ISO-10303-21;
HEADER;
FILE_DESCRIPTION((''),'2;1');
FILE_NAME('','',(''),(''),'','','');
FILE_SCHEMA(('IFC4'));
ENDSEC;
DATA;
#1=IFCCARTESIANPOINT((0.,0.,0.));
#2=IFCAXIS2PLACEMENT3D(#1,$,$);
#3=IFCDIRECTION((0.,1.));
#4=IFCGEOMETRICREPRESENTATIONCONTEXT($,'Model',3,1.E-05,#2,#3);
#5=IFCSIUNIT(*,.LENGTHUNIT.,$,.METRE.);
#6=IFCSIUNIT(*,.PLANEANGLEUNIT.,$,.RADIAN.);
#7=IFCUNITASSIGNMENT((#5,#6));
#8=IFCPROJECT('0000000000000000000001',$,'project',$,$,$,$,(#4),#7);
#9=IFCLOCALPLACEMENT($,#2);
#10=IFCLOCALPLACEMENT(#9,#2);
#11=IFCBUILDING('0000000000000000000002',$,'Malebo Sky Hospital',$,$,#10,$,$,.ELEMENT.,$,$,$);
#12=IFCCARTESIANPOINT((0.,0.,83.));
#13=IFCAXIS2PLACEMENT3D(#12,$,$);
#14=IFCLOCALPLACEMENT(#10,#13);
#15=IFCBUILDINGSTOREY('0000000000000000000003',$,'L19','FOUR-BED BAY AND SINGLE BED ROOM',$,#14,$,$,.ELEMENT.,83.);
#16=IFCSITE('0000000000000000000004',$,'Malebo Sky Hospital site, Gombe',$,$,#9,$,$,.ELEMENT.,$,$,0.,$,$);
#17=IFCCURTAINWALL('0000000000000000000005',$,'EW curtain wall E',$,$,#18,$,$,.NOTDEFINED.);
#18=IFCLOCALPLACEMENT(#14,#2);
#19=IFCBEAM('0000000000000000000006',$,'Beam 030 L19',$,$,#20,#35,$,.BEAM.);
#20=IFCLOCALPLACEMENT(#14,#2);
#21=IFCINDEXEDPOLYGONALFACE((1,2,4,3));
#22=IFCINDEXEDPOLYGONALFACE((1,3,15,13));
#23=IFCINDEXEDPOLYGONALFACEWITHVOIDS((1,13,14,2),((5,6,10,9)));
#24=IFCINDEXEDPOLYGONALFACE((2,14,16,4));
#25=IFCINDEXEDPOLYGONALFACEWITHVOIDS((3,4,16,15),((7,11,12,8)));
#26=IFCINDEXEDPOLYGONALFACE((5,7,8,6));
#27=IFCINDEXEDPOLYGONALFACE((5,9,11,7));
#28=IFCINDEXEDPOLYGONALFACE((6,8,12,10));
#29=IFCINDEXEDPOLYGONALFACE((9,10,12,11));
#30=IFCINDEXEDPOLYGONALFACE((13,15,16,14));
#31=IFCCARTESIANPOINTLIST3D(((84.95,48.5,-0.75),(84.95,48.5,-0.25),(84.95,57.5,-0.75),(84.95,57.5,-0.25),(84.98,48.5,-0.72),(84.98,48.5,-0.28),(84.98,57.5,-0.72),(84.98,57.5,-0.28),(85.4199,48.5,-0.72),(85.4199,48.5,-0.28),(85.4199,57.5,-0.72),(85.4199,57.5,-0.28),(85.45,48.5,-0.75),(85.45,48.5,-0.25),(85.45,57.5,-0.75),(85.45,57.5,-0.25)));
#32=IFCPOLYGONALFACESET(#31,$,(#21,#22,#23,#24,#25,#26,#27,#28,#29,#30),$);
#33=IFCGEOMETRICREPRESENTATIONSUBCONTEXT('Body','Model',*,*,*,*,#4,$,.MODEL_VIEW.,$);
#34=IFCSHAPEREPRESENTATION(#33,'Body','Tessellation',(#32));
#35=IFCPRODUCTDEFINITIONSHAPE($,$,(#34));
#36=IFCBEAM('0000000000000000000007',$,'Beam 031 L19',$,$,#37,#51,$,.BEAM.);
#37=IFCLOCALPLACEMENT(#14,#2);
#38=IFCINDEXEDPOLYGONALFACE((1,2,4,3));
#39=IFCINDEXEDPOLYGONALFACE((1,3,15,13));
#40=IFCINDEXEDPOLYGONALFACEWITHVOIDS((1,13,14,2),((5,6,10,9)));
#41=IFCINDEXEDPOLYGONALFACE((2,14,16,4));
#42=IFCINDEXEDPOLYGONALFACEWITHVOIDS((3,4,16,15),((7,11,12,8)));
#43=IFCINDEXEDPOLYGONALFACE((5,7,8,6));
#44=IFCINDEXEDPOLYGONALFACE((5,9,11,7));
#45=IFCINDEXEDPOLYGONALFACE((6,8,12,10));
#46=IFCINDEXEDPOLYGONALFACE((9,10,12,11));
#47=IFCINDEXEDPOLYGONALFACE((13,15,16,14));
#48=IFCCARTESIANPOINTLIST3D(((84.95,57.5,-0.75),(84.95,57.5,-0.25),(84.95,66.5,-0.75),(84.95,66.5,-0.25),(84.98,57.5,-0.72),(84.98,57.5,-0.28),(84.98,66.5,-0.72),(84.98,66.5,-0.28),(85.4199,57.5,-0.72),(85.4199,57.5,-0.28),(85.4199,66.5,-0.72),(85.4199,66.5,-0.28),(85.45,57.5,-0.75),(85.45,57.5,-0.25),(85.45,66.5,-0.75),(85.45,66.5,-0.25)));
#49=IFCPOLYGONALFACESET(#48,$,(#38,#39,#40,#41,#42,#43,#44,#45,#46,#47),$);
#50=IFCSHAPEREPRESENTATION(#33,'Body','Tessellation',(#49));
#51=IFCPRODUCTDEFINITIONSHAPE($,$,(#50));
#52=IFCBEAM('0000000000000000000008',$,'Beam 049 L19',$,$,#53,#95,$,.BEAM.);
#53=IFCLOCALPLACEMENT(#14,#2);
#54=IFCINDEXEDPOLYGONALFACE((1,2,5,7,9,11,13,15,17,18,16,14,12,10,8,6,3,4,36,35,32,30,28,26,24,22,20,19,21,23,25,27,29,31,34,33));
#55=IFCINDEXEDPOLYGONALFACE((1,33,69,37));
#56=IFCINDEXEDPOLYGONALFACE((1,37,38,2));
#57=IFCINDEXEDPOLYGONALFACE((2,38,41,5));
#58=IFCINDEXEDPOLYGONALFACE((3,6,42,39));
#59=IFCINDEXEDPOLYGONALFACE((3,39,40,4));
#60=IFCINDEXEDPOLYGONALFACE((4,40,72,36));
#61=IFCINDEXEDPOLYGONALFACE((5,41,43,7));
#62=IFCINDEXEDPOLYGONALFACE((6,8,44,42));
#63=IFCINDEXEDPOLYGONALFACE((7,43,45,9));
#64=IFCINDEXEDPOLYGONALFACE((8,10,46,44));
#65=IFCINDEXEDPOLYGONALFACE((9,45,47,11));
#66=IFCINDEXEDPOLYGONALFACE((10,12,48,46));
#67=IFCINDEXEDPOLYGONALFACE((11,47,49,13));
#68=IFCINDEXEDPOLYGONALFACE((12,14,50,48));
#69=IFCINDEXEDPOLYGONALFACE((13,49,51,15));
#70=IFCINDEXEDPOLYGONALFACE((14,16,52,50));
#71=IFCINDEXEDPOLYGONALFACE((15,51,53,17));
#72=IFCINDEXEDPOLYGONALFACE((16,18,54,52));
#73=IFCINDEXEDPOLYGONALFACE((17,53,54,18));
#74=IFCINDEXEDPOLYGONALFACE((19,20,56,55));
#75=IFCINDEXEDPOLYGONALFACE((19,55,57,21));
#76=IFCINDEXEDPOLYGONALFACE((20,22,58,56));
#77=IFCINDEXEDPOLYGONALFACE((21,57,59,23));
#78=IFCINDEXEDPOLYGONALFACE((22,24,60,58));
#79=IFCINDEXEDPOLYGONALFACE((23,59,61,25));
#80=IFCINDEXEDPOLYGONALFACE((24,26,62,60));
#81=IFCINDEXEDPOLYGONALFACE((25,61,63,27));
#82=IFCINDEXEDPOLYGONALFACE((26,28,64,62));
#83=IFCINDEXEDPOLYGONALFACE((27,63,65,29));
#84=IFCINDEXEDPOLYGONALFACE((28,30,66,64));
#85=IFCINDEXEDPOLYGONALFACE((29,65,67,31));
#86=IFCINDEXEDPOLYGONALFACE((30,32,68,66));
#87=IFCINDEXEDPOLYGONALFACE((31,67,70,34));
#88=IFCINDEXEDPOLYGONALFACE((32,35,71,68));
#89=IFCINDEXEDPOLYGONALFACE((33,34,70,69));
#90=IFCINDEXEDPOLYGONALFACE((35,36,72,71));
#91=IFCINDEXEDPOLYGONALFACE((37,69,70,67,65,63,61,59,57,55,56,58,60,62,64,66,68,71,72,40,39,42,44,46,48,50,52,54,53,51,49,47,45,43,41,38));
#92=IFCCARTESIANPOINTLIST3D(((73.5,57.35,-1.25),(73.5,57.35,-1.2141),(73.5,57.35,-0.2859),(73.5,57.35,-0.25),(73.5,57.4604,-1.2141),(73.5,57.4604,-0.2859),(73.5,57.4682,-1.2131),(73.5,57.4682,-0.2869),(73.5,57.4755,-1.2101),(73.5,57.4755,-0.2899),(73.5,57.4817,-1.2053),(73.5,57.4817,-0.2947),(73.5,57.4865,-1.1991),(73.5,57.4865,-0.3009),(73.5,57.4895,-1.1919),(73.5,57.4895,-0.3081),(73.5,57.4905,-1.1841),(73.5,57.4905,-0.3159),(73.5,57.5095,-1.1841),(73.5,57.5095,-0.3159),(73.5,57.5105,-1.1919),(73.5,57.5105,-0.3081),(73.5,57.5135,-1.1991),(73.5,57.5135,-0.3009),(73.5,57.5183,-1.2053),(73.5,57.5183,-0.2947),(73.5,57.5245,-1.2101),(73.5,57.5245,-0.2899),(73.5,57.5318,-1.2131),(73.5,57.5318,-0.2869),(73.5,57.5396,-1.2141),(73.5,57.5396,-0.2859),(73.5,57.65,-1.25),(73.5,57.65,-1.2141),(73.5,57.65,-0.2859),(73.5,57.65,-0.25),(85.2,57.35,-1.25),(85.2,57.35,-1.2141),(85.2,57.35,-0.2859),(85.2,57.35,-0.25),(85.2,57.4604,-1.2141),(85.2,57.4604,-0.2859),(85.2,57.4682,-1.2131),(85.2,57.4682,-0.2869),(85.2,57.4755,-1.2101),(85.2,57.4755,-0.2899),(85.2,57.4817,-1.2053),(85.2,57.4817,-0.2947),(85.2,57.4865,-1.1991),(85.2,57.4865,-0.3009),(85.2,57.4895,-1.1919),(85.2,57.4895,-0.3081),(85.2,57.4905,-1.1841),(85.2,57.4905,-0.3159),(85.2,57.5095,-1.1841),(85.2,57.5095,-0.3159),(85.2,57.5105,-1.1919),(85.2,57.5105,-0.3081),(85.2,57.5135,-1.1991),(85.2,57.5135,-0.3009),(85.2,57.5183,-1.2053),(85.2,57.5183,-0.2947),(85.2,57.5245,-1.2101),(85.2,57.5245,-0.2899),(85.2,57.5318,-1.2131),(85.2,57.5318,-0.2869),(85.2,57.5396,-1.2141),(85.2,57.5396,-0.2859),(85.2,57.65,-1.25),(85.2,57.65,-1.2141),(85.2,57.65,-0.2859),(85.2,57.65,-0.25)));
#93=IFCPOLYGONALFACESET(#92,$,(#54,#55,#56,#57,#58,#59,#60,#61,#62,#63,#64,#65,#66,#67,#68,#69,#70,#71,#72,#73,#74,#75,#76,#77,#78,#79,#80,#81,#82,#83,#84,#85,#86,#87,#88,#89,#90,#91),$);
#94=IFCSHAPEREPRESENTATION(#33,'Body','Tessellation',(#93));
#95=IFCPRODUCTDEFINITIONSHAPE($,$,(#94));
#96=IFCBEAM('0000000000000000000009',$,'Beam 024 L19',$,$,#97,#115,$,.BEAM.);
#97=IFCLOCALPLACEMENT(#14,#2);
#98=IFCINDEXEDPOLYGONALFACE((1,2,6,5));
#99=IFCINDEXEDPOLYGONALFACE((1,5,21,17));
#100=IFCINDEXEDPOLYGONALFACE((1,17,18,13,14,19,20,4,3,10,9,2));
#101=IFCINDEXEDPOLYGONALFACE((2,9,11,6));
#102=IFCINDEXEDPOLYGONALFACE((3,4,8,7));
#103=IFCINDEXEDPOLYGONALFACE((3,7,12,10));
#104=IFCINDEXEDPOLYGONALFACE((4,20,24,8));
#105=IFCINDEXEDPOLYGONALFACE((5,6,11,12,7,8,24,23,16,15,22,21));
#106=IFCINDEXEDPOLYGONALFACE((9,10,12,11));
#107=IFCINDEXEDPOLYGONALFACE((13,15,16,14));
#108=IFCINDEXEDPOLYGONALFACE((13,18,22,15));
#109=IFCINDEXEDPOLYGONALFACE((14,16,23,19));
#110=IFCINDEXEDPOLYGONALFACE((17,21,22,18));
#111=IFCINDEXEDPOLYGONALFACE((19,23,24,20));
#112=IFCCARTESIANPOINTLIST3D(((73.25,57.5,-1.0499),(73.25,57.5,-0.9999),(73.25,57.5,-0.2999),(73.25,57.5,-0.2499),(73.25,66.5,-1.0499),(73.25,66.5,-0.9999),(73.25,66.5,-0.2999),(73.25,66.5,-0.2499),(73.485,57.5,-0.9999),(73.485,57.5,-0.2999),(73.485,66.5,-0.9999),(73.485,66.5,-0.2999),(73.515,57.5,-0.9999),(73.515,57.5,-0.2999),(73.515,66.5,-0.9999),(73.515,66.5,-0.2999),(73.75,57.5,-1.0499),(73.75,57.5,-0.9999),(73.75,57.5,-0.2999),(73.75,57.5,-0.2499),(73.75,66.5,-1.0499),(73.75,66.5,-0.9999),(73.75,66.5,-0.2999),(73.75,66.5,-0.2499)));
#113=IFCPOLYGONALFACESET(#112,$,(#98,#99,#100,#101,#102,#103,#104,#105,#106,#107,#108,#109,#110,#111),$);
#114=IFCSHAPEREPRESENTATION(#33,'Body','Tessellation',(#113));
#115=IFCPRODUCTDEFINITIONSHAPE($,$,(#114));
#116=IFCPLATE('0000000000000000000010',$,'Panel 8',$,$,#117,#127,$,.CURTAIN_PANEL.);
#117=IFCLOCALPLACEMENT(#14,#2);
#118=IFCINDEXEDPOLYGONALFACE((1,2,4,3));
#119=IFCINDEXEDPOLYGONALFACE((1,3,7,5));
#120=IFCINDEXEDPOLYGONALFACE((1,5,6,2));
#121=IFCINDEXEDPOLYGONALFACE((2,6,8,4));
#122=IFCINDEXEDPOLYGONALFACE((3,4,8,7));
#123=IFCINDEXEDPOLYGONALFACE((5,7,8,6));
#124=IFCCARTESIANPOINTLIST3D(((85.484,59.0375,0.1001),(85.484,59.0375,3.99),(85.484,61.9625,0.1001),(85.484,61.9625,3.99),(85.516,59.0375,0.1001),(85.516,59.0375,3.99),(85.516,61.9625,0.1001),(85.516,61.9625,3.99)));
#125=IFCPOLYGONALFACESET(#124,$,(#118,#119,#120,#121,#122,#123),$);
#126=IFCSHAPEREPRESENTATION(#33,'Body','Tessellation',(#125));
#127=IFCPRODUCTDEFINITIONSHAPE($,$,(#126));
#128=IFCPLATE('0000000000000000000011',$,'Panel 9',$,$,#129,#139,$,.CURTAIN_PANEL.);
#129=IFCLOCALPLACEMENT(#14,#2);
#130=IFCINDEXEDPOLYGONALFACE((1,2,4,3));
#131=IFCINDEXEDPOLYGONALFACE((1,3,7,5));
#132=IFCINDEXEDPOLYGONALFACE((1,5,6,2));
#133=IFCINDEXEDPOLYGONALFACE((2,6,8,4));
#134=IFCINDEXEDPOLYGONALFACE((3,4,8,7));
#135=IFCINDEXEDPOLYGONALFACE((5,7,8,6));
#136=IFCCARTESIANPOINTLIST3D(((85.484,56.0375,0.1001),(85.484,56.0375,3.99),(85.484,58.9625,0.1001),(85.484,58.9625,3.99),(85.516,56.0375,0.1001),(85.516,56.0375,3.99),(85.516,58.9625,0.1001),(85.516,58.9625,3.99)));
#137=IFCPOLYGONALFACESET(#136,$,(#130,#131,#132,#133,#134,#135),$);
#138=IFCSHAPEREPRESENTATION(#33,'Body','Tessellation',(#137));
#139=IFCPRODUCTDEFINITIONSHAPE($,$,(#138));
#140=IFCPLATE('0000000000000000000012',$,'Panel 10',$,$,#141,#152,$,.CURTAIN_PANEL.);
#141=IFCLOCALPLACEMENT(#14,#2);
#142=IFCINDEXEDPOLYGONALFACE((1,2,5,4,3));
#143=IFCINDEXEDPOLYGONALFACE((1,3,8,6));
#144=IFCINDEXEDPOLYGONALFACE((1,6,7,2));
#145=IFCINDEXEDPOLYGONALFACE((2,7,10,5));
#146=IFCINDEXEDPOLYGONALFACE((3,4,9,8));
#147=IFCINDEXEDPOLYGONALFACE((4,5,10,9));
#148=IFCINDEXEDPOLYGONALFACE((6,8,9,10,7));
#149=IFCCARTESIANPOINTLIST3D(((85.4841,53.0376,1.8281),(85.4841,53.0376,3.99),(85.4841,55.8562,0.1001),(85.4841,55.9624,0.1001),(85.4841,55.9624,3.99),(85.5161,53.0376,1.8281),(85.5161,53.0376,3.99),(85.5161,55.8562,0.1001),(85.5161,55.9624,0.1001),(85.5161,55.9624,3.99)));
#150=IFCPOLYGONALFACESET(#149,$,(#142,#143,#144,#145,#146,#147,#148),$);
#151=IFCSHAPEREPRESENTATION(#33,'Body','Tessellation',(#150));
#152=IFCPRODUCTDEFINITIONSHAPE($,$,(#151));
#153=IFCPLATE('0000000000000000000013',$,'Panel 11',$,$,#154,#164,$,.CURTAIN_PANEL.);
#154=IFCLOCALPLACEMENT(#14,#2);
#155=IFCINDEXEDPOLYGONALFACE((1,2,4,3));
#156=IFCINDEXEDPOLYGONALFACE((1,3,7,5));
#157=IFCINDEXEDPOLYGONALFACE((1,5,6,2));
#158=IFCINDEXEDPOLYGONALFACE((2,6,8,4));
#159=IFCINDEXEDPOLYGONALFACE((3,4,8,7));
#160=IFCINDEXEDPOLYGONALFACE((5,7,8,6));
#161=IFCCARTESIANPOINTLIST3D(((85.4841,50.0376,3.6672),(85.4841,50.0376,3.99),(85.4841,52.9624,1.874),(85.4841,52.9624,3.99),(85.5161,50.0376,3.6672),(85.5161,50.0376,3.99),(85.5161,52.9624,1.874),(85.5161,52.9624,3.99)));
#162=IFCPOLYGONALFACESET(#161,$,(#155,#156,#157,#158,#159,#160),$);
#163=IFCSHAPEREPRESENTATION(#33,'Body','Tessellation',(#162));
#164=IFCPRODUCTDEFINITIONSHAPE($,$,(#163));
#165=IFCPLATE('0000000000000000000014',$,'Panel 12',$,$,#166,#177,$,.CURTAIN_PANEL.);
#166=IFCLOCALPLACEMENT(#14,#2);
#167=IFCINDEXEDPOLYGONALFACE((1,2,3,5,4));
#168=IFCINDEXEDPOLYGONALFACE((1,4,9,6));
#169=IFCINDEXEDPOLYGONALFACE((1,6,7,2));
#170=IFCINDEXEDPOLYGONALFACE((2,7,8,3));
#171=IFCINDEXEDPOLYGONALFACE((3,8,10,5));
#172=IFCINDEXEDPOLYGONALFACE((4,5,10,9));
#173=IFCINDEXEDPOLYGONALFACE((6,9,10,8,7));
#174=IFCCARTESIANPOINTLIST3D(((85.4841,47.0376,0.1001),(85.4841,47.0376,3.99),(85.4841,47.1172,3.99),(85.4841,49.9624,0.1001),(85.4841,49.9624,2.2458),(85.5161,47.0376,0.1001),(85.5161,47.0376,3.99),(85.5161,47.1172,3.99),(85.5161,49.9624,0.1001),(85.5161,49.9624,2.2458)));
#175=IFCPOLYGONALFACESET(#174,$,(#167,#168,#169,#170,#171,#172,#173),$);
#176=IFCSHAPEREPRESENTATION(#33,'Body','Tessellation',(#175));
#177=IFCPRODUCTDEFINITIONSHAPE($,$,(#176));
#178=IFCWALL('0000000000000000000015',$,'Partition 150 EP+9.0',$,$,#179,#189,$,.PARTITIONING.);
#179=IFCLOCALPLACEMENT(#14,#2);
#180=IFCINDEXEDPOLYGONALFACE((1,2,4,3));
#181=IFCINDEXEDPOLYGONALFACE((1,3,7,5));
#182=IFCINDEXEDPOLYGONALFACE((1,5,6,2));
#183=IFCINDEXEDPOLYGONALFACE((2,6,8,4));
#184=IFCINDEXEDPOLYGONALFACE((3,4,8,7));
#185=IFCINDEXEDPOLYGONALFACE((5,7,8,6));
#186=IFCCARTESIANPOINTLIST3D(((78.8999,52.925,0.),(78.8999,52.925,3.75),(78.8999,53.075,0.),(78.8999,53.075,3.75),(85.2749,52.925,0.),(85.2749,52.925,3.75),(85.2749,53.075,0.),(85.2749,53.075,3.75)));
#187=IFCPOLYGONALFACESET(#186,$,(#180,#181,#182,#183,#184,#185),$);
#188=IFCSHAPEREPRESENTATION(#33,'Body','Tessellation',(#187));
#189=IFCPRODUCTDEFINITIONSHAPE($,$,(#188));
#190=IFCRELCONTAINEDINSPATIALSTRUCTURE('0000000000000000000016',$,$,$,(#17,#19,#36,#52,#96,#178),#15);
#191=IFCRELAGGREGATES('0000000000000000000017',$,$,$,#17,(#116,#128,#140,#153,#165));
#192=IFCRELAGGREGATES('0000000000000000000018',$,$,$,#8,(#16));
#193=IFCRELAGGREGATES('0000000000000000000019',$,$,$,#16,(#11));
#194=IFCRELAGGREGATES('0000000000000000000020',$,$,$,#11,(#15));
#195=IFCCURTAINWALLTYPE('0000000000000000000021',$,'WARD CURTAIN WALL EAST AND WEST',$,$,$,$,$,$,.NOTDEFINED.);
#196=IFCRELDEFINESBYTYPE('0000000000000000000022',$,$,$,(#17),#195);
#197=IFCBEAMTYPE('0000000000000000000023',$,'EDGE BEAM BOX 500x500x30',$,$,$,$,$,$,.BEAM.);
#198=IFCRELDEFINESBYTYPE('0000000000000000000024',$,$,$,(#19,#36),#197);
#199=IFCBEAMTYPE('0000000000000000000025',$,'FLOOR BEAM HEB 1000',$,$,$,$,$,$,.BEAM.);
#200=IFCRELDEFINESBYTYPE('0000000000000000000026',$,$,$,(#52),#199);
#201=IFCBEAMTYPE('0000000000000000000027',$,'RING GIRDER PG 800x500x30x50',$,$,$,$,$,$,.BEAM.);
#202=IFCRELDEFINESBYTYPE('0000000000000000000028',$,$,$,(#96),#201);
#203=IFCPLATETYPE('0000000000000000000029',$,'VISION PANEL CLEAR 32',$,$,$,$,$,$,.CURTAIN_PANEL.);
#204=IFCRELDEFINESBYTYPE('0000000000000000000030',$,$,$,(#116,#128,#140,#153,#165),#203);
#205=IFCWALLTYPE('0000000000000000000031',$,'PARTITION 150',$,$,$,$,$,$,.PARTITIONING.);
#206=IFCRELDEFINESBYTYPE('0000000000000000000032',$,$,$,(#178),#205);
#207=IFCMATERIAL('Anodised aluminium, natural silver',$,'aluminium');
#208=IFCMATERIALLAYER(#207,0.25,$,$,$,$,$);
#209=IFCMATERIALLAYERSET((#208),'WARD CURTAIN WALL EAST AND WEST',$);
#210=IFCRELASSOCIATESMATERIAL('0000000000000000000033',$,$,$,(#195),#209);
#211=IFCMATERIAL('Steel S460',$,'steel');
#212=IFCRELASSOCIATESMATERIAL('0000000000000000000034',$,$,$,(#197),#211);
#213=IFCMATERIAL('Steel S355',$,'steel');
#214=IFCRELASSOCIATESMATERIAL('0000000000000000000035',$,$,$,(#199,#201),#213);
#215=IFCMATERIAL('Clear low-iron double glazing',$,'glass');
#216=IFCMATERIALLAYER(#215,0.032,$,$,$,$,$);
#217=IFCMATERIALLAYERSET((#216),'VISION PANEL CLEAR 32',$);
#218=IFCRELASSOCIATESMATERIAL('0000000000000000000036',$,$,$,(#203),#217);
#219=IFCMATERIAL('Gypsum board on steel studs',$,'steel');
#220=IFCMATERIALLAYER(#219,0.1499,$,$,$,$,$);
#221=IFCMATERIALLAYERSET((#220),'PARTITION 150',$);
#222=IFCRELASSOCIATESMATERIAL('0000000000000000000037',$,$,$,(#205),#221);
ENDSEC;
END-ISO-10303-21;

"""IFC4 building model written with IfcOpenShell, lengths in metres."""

from ifc_helpers import new_model, si_unit, direction, frame, frame_2d, origin, origin_2d, place, context, subcontext, project, spatial, polyline, rectangle, hollow_rectangle, i_section, outline, extrude, material, layer, layer_set, material_profile, profile_set, type_object, element, aggregate, save


model = new_model("IFC4")

# Units and contexts
model_context = context("Model", 3, precision=1e-05, world=origin(), true_north=direction((0.0, 1.0)))
body_context = subcontext(model_context, "Body", "Model", "MODEL_VIEW")
ifc_project = project(units=[si_unit("LENGTHUNIT", "METRE"), si_unit("PLANEANGLEUNIT", "RADIAN")], contexts=[model_context])

# Site, building, storey
site_placement = place(None, origin())
site = spatial("IfcSite", under=ifc_project, at=site_placement, Name="Malebo Sky Hospital site, Gombe", CompositionType="ELEMENT", RefElevation=0.0)
building_placement = place(site_placement, origin())
building = spatial("IfcBuilding", under=site, at=building_placement, Name="Malebo Sky Hospital", CompositionType="ELEMENT")
storey_placement = place(building_placement, frame((0.0, 0.0, 83.0)))
storey = spatial("IfcBuildingStorey", under=building, at=storey_placement, Name="L19", Description="FOUR-BED BAY AND SINGLE BED ROOM", CompositionType="ELEMENT", Elevation=83.0)

# Shared definitions
ifc_material_1 = material(Name="Steel S460", Category="steel")

# Curtain wall
ifc_material_2 = material(Name="Anodised aluminium, natural silver", Category="aluminium")
ifc_layer_1 = layer(ifc_material_2, 0.25)
ifc_layer_set_1 = layer_set([ifc_layer_1], Name="WARD CURTAIN WALL EAST AND WEST")
curtain_wall_type = type_object("IfcCurtainWallType", Name="WARD CURTAIN WALL EAST AND WEST", PredefinedType="NOTDEFINED", material=ifc_layer_set_1)
curtain_wall_placement = place(storey_placement, origin())
curtain_wall = element("IfcCurtainWall", 1, at=curtain_wall_placement, inside=storey, type_object=curtain_wall_type, Name="EW curtain wall E", PredefinedType="NOTDEFINED")

# Shared definitions
ifc_material_3 = material(Name="Steel S355", Category="steel")

# Beams
ifc_material_profile_1 = material_profile(ifc_material_1, hollow_rectangle(XDim=0.5, YDim=0.5, WallThickness=0.03, at=origin_2d()), Name="BOX 500x500x30")
ifc_profile_set_1 = profile_set([ifc_material_profile_1], Name="Steel S460")
beam_type_1 = type_object("IfcBeamType", Name="EDGE BEAM BOX 500x500x30", PredefinedType="BEAM", material=ifc_profile_set_1)
for number, where, z_axis, x_axis, name in (
    (2, (85.2, 48.5, -0.5), (0.0, 1.0, 0.0), (-1.0, 0.0, 0.0), "Beam 030 L19"),
    (3, (85.2, 57.5, -0.5), (0.0, 1.0, 0.0), (-1.0, 0.0, 0.0), "Beam 031 L19"),
):
    element("IfcBeam", number, at=place(storey_placement, frame(where, z_axis=z_axis, x_axis=x_axis)), inside=storey, type_object=beam_type_1, Name=name, PredefinedType="BEAM", context=body_context, shape_type="SweptSolid", body=[
        extrude(hollow_rectangle(XDim=0.5, YDim=0.5, WallThickness=0.03, at=origin_2d()), origin(), (0.0, 0.0, 1.0), 9.0),
    ])
ifc_material_profile_2 = material_profile(ifc_material_3, i_section(OverallWidth=0.3, OverallDepth=1.0, WebThickness=0.019, FlangeThickness=0.0359, FilletRadius=0.03, at=origin_2d()), Name="HEB 1000")
ifc_profile_set_2 = profile_set([ifc_material_profile_2], Name="Steel S355")
beam_type_2 = type_object("IfcBeamType", Name="FLOOR BEAM HEB 1000", PredefinedType="BEAM", material=ifc_profile_set_2)
beam_1_placement = place(storey_placement, frame((73.5, 57.5, -0.75), z_axis=(1.0, 0.0, 0.0), x_axis=(0.0, 1.0, 0.0)))
element("IfcBeam", 4, at=beam_1_placement, inside=storey, type_object=beam_type_2, Name="Beam 049 L19", PredefinedType="BEAM", context=body_context, shape_type="SweptSolid", body=[
    extrude(i_section(OverallWidth=0.3, OverallDepth=1.0, WebThickness=0.019, FlangeThickness=0.0359, FilletRadius=0.03, at=origin_2d()), origin(), (0.0, 0.0, 1.0), 11.7),
])
ifc_material_profile_3 = material_profile(ifc_material_3, i_section(OverallWidth=0.5, OverallDepth=0.8, WebThickness=0.03, FlangeThickness=0.05, at=origin_2d()), Name="PG 800x500x30x50")
ifc_profile_set_3 = profile_set([ifc_material_profile_3], Name="Steel S355")
beam_type_3 = type_object("IfcBeamType", Name="RING GIRDER PG 800x500x30x50", PredefinedType="BEAM", material=ifc_profile_set_3)
beam_2_placement = place(storey_placement, frame((73.5, 57.5, -0.6499), z_axis=(0.0, 1.0, 0.0), x_axis=(-1.0, 0.0, 0.0)))
element("IfcBeam", 5, at=beam_2_placement, inside=storey, type_object=beam_type_3, Name="Beam 024 L19", PredefinedType="BEAM", context=body_context, shape_type="SweptSolid", body=[
    extrude(i_section(OverallWidth=0.5, OverallDepth=0.8, WebThickness=0.03, FlangeThickness=0.05, at=origin_2d()), origin(), (0.0, 0.0, 1.0), 9.0),
])

# Plates
ifc_material_4 = material(Name="Clear low-iron double glazing", Category="glass")
ifc_layer_2 = layer(ifc_material_4, 0.032)
ifc_layer_set_2 = layer_set([ifc_layer_2], Name="VISION PANEL CLEAR 32")
plate_type = type_object("IfcPlateType", Name="VISION PANEL CLEAR 32", PredefinedType="CURTAIN_PANEL", material=ifc_layer_set_2)
plate_1_placement = place(storey_placement, frame((85.5, 60.5, 0.1001), z_axis=(0.0, 0.0, 1.0), x_axis=(0.0, -1.0, 0.0)))
plate_1 = element("IfcPlate", 6, at=plate_1_placement, type_object=plate_type, Name="Panel 8", PredefinedType="CURTAIN_PANEL", context=body_context, shape_type="SweptSolid", body=[
    extrude(rectangle(XDim=2.925, YDim=0.032, at=origin_2d()), origin(), (0.0, 0.0, 1.0), 3.8899),
])
plate_2_placement = place(storey_placement, frame((85.5, 57.5, 0.1001), z_axis=(0.0, 0.0, 1.0), x_axis=(0.0, -1.0, 0.0)))
plate_2 = element("IfcPlate", 7, at=plate_2_placement, type_object=plate_type, Name="Panel 9", PredefinedType="CURTAIN_PANEL", context=body_context, shape_type="SweptSolid", body=[
    extrude(rectangle(XDim=2.925, YDim=0.032, at=origin_2d()), origin(), (0.0, 0.0, 1.0), 3.8899),
])
plate_3_placement = place(storey_placement, frame((85.5, 54.5, 0.1001), z_axis=(0.0, 0.0, 1.0), x_axis=(0.0, -1.0, 0.0)))
plate_3 = element("IfcPlate", 8, at=plate_3_placement, type_object=plate_type, Name="Panel 10", PredefinedType="CURTAIN_PANEL", context=body_context, shape_type="SweptSolid", body=[
    extrude(outline(polyline([(-1.4624, 0.0), (-1.3562, 0.0), (1.4624, 1.728), (1.4624, 3.8899), (-1.4624, 3.8899), (-1.4624, 0.0)])), frame((0.0, 0.0161, 0.0), z_axis=(0.0, -1.0, 0.0), x_axis=(1.0, 0.0, 0.0)), (0.0, 0.0, 1.0), 0.032),
])
plate_4_placement = place(storey_placement, frame((85.5, 51.5, 1.874), z_axis=(0.0, 0.0, 1.0), x_axis=(0.0, -1.0, 0.0)))
plate_4 = element("IfcPlate", 9, at=plate_4_placement, type_object=plate_type, Name="Panel 11", PredefinedType="CURTAIN_PANEL", context=body_context, shape_type="SweptSolid", body=[
    extrude(outline(polyline([(-1.4624, 0.0), (1.4624, 1.7932), (1.4624, 2.116), (-1.4624, 2.116), (-1.4624, 0.0)])), frame((0.0, 0.0161, 0.0), z_axis=(0.0, -1.0, 0.0), x_axis=(1.0, 0.0, 0.0)), (0.0, 0.0, 1.0), 0.032),
])
plate_5_placement = place(storey_placement, frame((85.5, 48.5, 0.1001), z_axis=(0.0, 0.0, 1.0), x_axis=(0.0, -1.0, 0.0)))
plate_5 = element("IfcPlate", 10, at=plate_5_placement, type_object=plate_type, Name="Panel 12", PredefinedType="CURTAIN_PANEL", context=body_context, shape_type="SweptSolid", body=[
    extrude(outline(polyline([(-1.4624, 0.0), (1.4624, 0.0), (1.4624, 3.8899), (1.3828, 3.8899), (-1.4624, 2.1458), (-1.4624, 0.0)])), frame((0.0, 0.0161, 0.0), z_axis=(0.0, -1.0, 0.0), x_axis=(1.0, 0.0, 0.0)), (0.0, 0.0, 1.0), 0.032),
])
aggregate(curtain_wall, [plate_1, plate_2, plate_3, plate_4, plate_5])

# Wall
ifc_material_5 = material(Name="Gypsum board on steel studs", Category="steel")
ifc_layer_3 = layer(ifc_material_5, 0.1499)
ifc_layer_set_3 = layer_set([ifc_layer_3], Name="PARTITION 150")
wall_type = type_object("IfcWallType", Name="PARTITION 150", PredefinedType="PARTITIONING", material=ifc_layer_set_3)
wall_1_placement = place(storey_placement, frame((78.8999, 53.0, 0.0), z_axis=(0.0, 0.0, 1.0), x_axis=(1.0, 0.0, 0.0)))
element("IfcWall", 11, at=wall_1_placement, inside=storey, type_object=wall_type, Name="Partition 150 EP+9.0", PredefinedType="PARTITIONING", context=body_context, shape_type="SweptSolid", body=[
    extrude(rectangle(XDim=6.375, YDim=0.1499, at=frame_2d((3.1875, 0.0))), origin(), (0.0, 0.0, 1.0), 3.75),
])

save(model, "model.ifc")
